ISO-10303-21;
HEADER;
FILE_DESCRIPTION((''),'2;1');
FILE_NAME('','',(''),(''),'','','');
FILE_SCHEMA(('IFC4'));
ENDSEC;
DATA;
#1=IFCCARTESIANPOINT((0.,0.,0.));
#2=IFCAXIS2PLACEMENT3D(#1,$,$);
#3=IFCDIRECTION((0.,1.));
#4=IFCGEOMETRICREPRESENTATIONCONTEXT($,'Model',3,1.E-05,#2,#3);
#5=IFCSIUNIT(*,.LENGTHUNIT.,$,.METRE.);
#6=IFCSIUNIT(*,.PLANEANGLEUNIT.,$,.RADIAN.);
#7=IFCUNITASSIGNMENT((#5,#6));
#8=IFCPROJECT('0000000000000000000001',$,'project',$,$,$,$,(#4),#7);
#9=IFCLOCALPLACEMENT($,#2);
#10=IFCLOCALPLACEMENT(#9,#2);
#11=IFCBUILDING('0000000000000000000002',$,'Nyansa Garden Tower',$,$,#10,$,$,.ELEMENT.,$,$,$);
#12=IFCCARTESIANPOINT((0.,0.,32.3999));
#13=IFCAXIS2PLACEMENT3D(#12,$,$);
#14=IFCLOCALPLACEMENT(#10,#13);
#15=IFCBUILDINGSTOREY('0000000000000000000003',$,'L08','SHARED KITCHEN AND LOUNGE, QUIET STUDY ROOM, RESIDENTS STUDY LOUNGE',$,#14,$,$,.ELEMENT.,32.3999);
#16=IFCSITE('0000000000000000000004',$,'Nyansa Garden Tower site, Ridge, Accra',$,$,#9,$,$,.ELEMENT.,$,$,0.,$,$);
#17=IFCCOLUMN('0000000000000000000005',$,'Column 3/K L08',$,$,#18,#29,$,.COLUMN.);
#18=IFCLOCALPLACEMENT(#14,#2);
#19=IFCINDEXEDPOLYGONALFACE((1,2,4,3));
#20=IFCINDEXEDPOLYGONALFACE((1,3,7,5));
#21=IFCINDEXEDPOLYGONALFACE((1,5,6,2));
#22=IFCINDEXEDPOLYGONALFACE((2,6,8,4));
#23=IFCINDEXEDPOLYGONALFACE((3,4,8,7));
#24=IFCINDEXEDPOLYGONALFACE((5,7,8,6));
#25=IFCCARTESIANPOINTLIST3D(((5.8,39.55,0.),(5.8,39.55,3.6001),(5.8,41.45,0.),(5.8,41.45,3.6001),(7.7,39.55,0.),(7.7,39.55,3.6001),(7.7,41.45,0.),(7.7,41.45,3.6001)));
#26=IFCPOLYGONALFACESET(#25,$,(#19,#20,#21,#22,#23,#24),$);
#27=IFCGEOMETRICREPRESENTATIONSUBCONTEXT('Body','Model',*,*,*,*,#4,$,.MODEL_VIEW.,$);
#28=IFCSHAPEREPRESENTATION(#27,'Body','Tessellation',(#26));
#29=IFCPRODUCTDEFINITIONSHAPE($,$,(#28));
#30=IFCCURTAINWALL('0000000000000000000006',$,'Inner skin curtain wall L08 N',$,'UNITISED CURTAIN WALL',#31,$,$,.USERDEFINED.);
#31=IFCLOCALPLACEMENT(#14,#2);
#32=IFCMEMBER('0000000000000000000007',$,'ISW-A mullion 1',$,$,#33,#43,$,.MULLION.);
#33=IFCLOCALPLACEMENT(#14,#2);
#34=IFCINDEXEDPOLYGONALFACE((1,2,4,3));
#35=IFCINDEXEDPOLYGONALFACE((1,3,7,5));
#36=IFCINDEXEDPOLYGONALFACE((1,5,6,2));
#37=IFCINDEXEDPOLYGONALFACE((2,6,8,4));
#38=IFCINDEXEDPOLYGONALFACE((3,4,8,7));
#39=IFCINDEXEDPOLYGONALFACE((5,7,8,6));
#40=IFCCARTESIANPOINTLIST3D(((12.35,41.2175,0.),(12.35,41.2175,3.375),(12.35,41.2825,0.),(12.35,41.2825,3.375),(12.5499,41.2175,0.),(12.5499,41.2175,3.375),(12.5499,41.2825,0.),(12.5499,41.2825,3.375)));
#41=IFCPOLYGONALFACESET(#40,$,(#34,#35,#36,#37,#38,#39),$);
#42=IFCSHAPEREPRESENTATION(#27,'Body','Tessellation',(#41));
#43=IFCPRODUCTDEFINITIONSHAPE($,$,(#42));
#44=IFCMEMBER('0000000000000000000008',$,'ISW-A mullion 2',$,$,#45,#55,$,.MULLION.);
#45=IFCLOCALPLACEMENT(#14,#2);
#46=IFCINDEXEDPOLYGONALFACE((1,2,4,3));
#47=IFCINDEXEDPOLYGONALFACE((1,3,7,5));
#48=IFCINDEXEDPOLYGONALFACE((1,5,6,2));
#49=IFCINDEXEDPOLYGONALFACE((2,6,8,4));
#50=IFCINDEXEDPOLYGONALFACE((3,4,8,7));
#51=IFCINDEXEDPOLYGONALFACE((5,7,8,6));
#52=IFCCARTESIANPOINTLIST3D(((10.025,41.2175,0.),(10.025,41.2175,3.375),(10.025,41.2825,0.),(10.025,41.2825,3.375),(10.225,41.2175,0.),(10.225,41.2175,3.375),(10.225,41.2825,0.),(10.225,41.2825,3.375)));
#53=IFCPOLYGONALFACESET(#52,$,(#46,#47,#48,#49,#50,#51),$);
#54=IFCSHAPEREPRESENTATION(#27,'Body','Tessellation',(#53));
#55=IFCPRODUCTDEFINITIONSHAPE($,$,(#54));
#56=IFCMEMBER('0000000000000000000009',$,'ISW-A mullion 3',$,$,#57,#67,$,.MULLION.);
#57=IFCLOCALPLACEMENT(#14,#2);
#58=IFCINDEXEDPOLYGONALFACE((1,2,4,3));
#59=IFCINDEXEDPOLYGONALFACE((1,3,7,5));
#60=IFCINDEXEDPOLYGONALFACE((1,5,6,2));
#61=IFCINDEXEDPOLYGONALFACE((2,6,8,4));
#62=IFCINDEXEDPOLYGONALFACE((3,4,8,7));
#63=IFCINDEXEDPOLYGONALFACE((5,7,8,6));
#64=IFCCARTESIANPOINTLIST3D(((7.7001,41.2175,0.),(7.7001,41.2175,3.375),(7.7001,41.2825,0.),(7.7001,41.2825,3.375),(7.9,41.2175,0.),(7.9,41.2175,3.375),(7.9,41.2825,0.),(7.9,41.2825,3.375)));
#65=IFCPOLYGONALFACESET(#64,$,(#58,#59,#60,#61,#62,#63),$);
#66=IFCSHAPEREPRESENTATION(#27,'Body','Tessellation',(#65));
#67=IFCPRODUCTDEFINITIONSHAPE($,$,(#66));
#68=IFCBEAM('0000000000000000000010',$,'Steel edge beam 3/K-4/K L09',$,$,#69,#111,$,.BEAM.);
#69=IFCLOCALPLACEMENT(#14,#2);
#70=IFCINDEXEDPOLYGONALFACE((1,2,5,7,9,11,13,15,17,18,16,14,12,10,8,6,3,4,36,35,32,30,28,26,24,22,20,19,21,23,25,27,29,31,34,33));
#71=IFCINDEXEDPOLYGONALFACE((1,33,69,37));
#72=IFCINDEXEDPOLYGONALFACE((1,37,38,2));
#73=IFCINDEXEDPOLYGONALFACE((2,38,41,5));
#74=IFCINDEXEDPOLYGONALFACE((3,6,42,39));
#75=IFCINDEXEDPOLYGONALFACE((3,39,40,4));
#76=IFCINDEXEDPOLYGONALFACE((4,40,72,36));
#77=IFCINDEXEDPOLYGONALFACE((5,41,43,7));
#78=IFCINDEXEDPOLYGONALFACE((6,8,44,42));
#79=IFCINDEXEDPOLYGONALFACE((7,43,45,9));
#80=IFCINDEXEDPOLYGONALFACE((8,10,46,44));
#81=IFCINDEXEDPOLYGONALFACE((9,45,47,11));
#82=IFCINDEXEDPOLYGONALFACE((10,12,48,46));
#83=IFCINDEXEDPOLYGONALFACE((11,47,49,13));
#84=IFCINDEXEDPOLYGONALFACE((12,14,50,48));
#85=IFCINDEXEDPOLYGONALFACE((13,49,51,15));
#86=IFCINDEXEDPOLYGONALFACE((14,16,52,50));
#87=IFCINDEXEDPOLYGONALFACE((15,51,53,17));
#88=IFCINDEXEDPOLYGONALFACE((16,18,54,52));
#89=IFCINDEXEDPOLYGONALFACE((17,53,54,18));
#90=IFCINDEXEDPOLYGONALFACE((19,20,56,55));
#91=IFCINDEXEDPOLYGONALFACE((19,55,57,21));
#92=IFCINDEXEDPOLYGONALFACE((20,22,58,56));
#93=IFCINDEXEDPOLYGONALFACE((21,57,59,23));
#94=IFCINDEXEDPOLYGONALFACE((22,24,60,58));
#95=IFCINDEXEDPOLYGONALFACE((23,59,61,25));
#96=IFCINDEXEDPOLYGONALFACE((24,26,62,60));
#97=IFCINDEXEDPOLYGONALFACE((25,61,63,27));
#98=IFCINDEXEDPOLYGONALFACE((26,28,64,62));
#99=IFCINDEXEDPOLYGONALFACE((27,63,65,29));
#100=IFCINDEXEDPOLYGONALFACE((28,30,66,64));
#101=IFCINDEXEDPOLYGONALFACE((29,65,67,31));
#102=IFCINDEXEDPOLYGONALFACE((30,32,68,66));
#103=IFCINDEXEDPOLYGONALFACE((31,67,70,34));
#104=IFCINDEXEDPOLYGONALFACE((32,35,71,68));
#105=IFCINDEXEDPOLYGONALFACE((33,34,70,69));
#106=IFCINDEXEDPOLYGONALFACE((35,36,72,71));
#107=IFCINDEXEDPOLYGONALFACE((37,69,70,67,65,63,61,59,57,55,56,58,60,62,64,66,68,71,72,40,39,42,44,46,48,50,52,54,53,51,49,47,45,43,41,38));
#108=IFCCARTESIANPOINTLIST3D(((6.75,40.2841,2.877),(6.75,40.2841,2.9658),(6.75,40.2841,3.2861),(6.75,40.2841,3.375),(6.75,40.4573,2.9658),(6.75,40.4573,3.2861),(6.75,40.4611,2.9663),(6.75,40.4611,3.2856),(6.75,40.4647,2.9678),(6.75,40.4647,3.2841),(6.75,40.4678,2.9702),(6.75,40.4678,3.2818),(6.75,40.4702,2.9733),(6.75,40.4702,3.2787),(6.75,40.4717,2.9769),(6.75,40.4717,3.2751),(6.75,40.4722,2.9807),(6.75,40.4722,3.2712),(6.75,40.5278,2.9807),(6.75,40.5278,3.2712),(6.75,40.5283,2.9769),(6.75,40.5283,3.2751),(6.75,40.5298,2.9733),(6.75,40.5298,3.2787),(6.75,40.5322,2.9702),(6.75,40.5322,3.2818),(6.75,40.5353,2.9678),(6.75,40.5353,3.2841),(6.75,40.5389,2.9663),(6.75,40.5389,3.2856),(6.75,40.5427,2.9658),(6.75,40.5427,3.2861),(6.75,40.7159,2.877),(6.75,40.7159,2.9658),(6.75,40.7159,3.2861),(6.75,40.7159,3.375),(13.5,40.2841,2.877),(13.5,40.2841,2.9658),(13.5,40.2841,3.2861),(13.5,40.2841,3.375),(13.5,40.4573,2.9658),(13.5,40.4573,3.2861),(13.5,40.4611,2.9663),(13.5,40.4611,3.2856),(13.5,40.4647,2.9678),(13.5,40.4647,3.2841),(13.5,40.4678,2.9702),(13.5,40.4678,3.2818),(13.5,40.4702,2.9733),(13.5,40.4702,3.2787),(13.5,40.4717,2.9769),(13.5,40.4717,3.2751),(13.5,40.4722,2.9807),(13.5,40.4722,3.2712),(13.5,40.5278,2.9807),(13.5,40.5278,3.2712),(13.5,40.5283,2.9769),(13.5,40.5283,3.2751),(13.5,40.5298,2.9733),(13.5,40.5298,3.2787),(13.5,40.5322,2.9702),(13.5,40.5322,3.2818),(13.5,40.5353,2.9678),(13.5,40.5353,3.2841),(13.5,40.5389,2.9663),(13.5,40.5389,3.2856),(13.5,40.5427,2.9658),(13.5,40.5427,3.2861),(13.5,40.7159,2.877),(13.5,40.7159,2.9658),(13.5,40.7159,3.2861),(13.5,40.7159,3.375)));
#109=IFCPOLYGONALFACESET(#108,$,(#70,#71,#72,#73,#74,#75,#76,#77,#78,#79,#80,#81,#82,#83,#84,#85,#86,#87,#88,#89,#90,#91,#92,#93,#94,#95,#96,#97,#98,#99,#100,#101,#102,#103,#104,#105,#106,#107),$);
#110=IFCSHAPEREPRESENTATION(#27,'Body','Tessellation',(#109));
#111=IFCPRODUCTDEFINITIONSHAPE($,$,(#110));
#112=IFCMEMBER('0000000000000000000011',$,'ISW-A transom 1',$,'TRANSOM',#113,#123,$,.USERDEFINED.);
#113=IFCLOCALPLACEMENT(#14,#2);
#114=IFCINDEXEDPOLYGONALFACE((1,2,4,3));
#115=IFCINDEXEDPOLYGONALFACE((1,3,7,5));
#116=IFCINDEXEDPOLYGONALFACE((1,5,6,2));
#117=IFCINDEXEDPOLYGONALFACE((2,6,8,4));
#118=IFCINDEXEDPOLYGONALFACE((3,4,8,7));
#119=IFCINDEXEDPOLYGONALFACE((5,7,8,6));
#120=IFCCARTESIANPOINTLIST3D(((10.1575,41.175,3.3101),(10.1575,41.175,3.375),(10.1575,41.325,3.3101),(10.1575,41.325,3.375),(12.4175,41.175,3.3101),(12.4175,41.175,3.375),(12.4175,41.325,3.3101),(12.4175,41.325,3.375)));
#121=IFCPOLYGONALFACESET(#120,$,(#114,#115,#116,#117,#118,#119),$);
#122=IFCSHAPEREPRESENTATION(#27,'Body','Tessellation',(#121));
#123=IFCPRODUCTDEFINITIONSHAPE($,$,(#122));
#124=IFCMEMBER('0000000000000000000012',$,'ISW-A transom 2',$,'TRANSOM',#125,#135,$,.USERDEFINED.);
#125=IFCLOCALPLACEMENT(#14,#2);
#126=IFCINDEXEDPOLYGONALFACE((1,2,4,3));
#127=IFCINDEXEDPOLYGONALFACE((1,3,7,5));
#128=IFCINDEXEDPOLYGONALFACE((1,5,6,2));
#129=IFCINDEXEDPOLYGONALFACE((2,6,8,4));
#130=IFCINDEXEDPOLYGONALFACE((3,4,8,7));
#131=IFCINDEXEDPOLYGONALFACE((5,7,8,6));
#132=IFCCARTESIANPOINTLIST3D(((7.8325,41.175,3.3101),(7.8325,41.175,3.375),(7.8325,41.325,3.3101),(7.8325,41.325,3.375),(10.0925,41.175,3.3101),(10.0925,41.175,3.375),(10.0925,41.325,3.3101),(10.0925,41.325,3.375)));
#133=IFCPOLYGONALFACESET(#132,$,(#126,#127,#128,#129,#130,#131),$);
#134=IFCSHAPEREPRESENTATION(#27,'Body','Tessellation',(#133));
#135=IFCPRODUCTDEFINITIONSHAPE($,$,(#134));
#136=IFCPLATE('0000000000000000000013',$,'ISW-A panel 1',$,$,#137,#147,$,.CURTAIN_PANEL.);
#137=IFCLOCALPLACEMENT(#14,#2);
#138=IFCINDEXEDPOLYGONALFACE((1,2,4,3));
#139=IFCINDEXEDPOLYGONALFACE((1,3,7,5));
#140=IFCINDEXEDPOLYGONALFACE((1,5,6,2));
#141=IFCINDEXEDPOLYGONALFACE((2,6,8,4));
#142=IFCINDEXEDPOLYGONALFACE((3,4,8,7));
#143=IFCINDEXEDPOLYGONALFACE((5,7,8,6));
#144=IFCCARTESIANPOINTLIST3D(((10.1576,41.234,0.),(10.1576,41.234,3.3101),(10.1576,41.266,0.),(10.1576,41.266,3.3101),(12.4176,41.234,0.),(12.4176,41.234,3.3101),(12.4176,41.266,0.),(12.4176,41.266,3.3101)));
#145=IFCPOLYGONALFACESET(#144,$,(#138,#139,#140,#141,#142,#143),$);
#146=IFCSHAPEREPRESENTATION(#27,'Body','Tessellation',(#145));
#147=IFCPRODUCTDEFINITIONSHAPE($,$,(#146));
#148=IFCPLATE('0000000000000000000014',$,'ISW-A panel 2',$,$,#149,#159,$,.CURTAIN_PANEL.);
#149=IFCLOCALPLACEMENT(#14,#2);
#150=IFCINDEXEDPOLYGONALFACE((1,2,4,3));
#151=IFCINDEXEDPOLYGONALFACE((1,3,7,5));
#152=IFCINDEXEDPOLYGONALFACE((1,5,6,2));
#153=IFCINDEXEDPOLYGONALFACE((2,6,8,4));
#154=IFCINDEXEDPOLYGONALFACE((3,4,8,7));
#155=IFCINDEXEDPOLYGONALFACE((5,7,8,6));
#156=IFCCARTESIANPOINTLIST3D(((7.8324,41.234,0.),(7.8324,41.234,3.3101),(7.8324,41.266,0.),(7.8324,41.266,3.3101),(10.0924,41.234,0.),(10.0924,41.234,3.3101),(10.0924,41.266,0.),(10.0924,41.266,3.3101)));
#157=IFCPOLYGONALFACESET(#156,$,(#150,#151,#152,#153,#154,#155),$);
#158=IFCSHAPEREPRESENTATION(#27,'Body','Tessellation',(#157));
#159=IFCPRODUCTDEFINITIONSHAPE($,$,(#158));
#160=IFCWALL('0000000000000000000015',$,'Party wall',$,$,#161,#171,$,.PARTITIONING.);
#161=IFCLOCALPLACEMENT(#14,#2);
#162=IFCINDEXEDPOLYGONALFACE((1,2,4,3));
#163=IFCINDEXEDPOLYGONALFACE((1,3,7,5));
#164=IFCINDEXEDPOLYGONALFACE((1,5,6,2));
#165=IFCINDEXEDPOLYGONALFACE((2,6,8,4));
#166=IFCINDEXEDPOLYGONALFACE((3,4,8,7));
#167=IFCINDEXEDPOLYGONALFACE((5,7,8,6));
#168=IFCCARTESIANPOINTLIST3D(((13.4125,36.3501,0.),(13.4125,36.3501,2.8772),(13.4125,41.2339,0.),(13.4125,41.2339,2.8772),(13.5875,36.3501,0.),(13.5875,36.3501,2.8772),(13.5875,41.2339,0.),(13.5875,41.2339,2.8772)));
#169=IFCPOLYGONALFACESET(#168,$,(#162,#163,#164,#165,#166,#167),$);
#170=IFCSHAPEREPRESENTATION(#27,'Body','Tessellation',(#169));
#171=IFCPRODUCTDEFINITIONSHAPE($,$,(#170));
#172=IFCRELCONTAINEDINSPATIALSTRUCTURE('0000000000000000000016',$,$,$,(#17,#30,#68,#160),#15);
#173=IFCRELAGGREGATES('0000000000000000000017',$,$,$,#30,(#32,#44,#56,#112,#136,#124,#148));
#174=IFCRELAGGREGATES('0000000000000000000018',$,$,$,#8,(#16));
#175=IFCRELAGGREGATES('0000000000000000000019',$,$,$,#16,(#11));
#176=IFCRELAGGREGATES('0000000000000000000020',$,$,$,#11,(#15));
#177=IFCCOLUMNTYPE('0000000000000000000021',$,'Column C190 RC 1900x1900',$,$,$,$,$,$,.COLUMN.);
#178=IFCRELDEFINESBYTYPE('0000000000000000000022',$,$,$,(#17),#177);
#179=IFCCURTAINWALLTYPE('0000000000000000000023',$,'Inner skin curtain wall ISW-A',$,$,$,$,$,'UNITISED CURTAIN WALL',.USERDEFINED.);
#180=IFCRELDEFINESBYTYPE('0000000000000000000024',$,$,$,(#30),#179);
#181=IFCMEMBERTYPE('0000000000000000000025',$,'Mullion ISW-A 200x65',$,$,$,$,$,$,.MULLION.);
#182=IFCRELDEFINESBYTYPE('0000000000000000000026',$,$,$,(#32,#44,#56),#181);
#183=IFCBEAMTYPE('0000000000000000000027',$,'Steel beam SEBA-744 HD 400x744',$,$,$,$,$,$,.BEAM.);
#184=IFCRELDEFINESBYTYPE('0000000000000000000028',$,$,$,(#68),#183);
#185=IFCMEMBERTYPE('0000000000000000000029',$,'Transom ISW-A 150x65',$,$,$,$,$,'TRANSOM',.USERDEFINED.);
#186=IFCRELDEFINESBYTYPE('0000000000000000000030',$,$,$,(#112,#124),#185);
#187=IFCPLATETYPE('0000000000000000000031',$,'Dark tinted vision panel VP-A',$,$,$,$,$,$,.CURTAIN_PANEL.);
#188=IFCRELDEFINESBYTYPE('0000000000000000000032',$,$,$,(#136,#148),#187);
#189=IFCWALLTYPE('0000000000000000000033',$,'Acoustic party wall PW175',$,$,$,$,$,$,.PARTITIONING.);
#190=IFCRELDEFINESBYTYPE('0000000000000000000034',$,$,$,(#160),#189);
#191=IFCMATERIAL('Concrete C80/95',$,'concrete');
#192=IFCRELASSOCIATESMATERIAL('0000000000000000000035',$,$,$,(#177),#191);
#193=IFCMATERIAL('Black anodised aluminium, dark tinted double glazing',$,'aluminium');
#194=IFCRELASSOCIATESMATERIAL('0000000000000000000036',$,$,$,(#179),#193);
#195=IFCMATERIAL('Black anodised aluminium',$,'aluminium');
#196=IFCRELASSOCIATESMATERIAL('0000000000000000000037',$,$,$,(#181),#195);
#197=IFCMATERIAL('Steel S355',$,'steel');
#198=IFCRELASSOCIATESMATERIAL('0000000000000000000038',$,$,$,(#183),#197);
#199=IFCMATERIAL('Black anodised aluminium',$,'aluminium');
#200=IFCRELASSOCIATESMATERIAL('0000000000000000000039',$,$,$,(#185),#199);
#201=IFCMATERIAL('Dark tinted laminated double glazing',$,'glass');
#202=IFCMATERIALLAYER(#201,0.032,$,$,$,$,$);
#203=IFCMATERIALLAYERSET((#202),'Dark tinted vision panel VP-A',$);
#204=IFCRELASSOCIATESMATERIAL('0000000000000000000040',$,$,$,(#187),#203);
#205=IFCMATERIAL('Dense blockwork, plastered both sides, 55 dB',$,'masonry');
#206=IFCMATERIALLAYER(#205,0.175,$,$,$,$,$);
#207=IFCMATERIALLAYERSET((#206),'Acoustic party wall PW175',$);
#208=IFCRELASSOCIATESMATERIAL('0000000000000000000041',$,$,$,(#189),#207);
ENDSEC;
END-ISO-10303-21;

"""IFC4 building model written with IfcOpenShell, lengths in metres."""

from ifc_helpers import new_model, si_unit, direction, frame, frame_2d, origin, origin_2d, place, context, subcontext, project, spatial, rectangle, i_section, extrude, material, layer, layer_set, material_profile, profile_set, type_object, element, aggregate, save


model = new_model("IFC4")

# Units and contexts
model_context = context("Model", 3, precision=1e-05, world=origin(), true_north=direction((0.0, 1.0)))
body_context = subcontext(model_context, "Body", "Model", "MODEL_VIEW")
ifc_project = project(units=[si_unit("LENGTHUNIT", "METRE"), si_unit("PLANEANGLEUNIT", "RADIAN")], contexts=[model_context])

# Site, building, storey
site_placement = place(None, origin())
site = spatial("IfcSite", under=ifc_project, at=site_placement, Name="Nyansa Garden Tower site, Ridge, Accra", CompositionType="ELEMENT", RefElevation=0.0)
building_placement = place(site_placement, origin())
building = spatial("IfcBuilding", under=site, at=building_placement, Name="Nyansa Garden Tower", CompositionType="ELEMENT")
storey_placement = place(building_placement, frame((0.0, 0.0, 32.3999)))
storey = spatial("IfcBuildingStorey", under=building, at=storey_placement, Name="L08", Description="SHARED KITCHEN AND LOUNGE, QUIET STUDY ROOM, RESIDENTS STUDY LOUNGE", CompositionType="ELEMENT", Elevation=32.3999)

# Column
ifc_material_1 = material(Name="Concrete C80/95", Category="concrete")
ifc_material_profile_1 = material_profile(ifc_material_1, rectangle(XDim=1.8999, YDim=1.8999, at=origin_2d()), Name="RC 1900x1900")
ifc_profile_set_1 = profile_set([ifc_material_profile_1], Name="Concrete C80/95")
column_type = type_object("IfcColumnType", Name="Column C190 RC 1900x1900", PredefinedType="COLUMN", material=ifc_profile_set_1)
column_placement = place(storey_placement, frame((6.75, 40.5, 0.0), z_axis=(0.0, 0.0, 1.0), x_axis=(1.0, 0.0, 0.0)))
element("IfcColumn", 1, at=column_placement, inside=storey, type_object=column_type, Name="Column 3/K L08", PredefinedType="COLUMN", context=body_context, shape_type="SweptSolid", body=[
    extrude(rectangle(XDim=1.8999, YDim=1.8999, at=origin_2d()), origin(), (0.0, 0.0, 1.0), 3.6001),
])

# Curtain wall, members
ifc_material_2 = material(Name="Black anodised aluminium, dark tinted double glazing", Category="aluminium")
curtain_wall_type = type_object("IfcCurtainWallType", Name="Inner skin curtain wall ISW-A", ElementType="UNITISED CURTAIN WALL", PredefinedType="USERDEFINED", material=ifc_material_2)
curtain_wall_placement = place(storey_placement, origin())
curtain_wall = element("IfcCurtainWall", 2, at=curtain_wall_placement, inside=storey, type_object=curtain_wall_type, Name="Inner skin curtain wall L08 N", ObjectType="UNITISED CURTAIN WALL", PredefinedType="USERDEFINED")
ifc_material_3 = material(Name="Black anodised aluminium", Category="aluminium")
ifc_material_profile_2 = material_profile(ifc_material_3, rectangle(XDim=0.0649, YDim=0.2, at=origin_2d()), Name="Mullion 200x65")
ifc_profile_set_2 = profile_set([ifc_material_profile_2], Name="Black anodised aluminium")
member_type_1 = type_object("IfcMemberType", Name="Mullion ISW-A 200x65", PredefinedType="MULLION", material=ifc_profile_set_2)
member_1_placement = place(storey_placement, frame((12.45, 41.25, 0.0), z_axis=(0.0, 0.0, 1.0), x_axis=(0.0, -1.0, 0.0)))
member_1 = element("IfcMember", 3, at=member_1_placement, type_object=member_type_1, Name="ISW-A mullion 1", PredefinedType="MULLION", context=body_context, shape_type="SweptSolid", body=[
    extrude(rectangle(XDim=0.0649, YDim=0.2, at=origin_2d()), origin(), (0.0, 0.0, 1.0), 3.375),
])
member_2_placement = place(storey_placement, frame((10.125, 41.25, 0.0), z_axis=(0.0, 0.0, 1.0), x_axis=(0.0, -1.0, 0.0)))
member_2 = element("IfcMember", 4, at=member_2_placement, type_object=member_type_1, Name="ISW-A mullion 2", PredefinedType="MULLION", context=body_context, shape_type="SweptSolid", body=[
    extrude(rectangle(XDim=0.0649, YDim=0.2, at=origin_2d()), origin(), (0.0, 0.0, 1.0), 3.375),
])
member_3_placement = place(storey_placement, frame((7.8, 41.25, 0.0), z_axis=(0.0, 0.0, 1.0), x_axis=(0.0, -1.0, 0.0)))
member_3 = element("IfcMember", 5, at=member_3_placement, type_object=member_type_1, Name="ISW-A mullion 3", PredefinedType="MULLION", context=body_context, shape_type="SweptSolid", body=[
    extrude(rectangle(XDim=0.0649, YDim=0.2, at=origin_2d()), origin(), (0.0, 0.0, 1.0), 3.375),
])

# Beam
ifc_material_4 = material(Name="Steel S355", Category="steel")
ifc_material_profile_3 = material_profile(ifc_material_4, i_section(OverallWidth=0.4319, OverallDepth=0.498, WebThickness=0.0557, FlangeThickness=0.0889, FilletRadius=0.0149, at=origin_2d()), Name="HD 400x744")
ifc_profile_set_3 = profile_set([ifc_material_profile_3], Name="Steel S355")
beam_type = type_object("IfcBeamType", Name="Steel beam SEBA-744 HD 400x744", PredefinedType="BEAM", material=ifc_profile_set_3)
beam_placement = place(storey_placement, frame((6.75, 40.5, 3.126), z_axis=(1.0, 0.0, 0.0), x_axis=(0.0, 1.0, 0.0)))
element("IfcBeam", 6, at=beam_placement, inside=storey, type_object=beam_type, Name="Steel edge beam 3/K-4/K L09", PredefinedType="BEAM", context=body_context, shape_type="SweptSolid", body=[
    extrude(i_section(OverallWidth=0.4319, OverallDepth=0.498, WebThickness=0.0557, FlangeThickness=0.0889, FilletRadius=0.0149, at=origin_2d()), origin(), (0.0, 0.0, 1.0), 6.75),
])

# Members
ifc_material_5 = material(Name="Black anodised aluminium", Category="aluminium")
ifc_material_profile_4 = material_profile(ifc_material_5, rectangle(XDim=0.1499, YDim=0.0649, at=origin_2d()), Name="Transom 150x65")
ifc_profile_set_4 = profile_set([ifc_material_profile_4], Name="Black anodised aluminium")
member_type_2 = type_object("IfcMemberType", Name="Transom ISW-A 150x65", ElementType="TRANSOM", PredefinedType="USERDEFINED", material=ifc_profile_set_4)
member_4_placement = place(storey_placement, frame((12.4175, 41.25, 3.3425), z_axis=(-1.0, 0.0, 0.0), x_axis=(0.0, -1.0, 0.0)))
member_4 = element("IfcMember", 7, at=member_4_placement, type_object=member_type_2, Name="ISW-A transom 1", ObjectType="TRANSOM", PredefinedType="USERDEFINED", context=body_context, shape_type="SweptSolid", body=[
    extrude(rectangle(XDim=0.1499, YDim=0.0649, at=origin_2d()), origin(), (0.0, 0.0, 1.0), 2.26),
])
member_5_placement = place(storey_placement, frame((10.0925, 41.25, 3.3425), z_axis=(-1.0, 0.0, 0.0), x_axis=(0.0, -1.0, 0.0)))
member_5 = element("IfcMember", 8, at=member_5_placement, type_object=member_type_2, Name="ISW-A transom 2", ObjectType="TRANSOM", PredefinedType="USERDEFINED", context=body_context, shape_type="SweptSolid", body=[
    extrude(rectangle(XDim=0.1499, YDim=0.0649, at=origin_2d()), origin(), (0.0, 0.0, 1.0), 2.26),
])

# Plates
ifc_material_6 = material(Name="Dark tinted laminated double glazing", Category="glass")
ifc_layer_1 = layer(ifc_material_6, 0.032)
ifc_layer_set_1 = layer_set([ifc_layer_1], Name="Dark tinted vision panel VP-A")
plate_type = type_object("IfcPlateType", Name="Dark tinted vision panel VP-A", PredefinedType="CURTAIN_PANEL", material=ifc_layer_set_1)
plate_1_placement = place(storey_placement, frame((11.2876, 41.25, 0.0), z_axis=(0.0, 0.0, 1.0), x_axis=(-1.0, 0.0, 0.0)))
plate_1 = element("IfcPlate", 9, at=plate_1_placement, type_object=plate_type, Name="ISW-A panel 1", PredefinedType="CURTAIN_PANEL", context=body_context, shape_type="SweptSolid", body=[
    extrude(rectangle(XDim=2.26, YDim=0.032, at=origin_2d()), origin(), (0.0, 0.0, 1.0), 3.3101),
])
plate_2_placement = place(storey_placement, frame((8.9624, 41.25, 0.0), z_axis=(0.0, 0.0, 1.0), x_axis=(-1.0, 0.0, 0.0)))
plate_2 = element("IfcPlate", 10, at=plate_2_placement, type_object=plate_type, Name="ISW-A panel 2", PredefinedType="CURTAIN_PANEL", context=body_context, shape_type="SweptSolid", body=[
    extrude(rectangle(XDim=2.26, YDim=0.032, at=origin_2d()), origin(), (0.0, 0.0, 1.0), 3.3101),
])
aggregate(curtain_wall, [member_1, member_2, member_3, member_4, plate_1, member_5, plate_2])

# Wall
ifc_material_7 = material(Name="Dense blockwork, plastered both sides, 55 dB", Category="masonry")
ifc_layer_2 = layer(ifc_material_7, 0.175)
ifc_layer_set_2 = layer_set([ifc_layer_2], Name="Acoustic party wall PW175")
wall_type_1 = type_object("IfcWallType", Name="Acoustic party wall PW175", PredefinedType="PARTITIONING", material=ifc_layer_set_2)
wall_1_placement = place(storey_placement, frame((13.5, 36.3501, 0.0), z_axis=(0.0, 0.0, 1.0), x_axis=(0.0, 1.0, 0.0)))
element("IfcWall", 11, at=wall_1_placement, inside=storey, type_object=wall_type_1, Name="Party wall", PredefinedType="PARTITIONING", context=body_context, shape_type="SweptSolid", body=[
    extrude(rectangle(XDim=4.8838, YDim=0.175, at=frame_2d((2.4419, 0.0))), origin(), (0.0, 0.0, 1.0), 2.8772),
])

save(model, "model.ifc")
